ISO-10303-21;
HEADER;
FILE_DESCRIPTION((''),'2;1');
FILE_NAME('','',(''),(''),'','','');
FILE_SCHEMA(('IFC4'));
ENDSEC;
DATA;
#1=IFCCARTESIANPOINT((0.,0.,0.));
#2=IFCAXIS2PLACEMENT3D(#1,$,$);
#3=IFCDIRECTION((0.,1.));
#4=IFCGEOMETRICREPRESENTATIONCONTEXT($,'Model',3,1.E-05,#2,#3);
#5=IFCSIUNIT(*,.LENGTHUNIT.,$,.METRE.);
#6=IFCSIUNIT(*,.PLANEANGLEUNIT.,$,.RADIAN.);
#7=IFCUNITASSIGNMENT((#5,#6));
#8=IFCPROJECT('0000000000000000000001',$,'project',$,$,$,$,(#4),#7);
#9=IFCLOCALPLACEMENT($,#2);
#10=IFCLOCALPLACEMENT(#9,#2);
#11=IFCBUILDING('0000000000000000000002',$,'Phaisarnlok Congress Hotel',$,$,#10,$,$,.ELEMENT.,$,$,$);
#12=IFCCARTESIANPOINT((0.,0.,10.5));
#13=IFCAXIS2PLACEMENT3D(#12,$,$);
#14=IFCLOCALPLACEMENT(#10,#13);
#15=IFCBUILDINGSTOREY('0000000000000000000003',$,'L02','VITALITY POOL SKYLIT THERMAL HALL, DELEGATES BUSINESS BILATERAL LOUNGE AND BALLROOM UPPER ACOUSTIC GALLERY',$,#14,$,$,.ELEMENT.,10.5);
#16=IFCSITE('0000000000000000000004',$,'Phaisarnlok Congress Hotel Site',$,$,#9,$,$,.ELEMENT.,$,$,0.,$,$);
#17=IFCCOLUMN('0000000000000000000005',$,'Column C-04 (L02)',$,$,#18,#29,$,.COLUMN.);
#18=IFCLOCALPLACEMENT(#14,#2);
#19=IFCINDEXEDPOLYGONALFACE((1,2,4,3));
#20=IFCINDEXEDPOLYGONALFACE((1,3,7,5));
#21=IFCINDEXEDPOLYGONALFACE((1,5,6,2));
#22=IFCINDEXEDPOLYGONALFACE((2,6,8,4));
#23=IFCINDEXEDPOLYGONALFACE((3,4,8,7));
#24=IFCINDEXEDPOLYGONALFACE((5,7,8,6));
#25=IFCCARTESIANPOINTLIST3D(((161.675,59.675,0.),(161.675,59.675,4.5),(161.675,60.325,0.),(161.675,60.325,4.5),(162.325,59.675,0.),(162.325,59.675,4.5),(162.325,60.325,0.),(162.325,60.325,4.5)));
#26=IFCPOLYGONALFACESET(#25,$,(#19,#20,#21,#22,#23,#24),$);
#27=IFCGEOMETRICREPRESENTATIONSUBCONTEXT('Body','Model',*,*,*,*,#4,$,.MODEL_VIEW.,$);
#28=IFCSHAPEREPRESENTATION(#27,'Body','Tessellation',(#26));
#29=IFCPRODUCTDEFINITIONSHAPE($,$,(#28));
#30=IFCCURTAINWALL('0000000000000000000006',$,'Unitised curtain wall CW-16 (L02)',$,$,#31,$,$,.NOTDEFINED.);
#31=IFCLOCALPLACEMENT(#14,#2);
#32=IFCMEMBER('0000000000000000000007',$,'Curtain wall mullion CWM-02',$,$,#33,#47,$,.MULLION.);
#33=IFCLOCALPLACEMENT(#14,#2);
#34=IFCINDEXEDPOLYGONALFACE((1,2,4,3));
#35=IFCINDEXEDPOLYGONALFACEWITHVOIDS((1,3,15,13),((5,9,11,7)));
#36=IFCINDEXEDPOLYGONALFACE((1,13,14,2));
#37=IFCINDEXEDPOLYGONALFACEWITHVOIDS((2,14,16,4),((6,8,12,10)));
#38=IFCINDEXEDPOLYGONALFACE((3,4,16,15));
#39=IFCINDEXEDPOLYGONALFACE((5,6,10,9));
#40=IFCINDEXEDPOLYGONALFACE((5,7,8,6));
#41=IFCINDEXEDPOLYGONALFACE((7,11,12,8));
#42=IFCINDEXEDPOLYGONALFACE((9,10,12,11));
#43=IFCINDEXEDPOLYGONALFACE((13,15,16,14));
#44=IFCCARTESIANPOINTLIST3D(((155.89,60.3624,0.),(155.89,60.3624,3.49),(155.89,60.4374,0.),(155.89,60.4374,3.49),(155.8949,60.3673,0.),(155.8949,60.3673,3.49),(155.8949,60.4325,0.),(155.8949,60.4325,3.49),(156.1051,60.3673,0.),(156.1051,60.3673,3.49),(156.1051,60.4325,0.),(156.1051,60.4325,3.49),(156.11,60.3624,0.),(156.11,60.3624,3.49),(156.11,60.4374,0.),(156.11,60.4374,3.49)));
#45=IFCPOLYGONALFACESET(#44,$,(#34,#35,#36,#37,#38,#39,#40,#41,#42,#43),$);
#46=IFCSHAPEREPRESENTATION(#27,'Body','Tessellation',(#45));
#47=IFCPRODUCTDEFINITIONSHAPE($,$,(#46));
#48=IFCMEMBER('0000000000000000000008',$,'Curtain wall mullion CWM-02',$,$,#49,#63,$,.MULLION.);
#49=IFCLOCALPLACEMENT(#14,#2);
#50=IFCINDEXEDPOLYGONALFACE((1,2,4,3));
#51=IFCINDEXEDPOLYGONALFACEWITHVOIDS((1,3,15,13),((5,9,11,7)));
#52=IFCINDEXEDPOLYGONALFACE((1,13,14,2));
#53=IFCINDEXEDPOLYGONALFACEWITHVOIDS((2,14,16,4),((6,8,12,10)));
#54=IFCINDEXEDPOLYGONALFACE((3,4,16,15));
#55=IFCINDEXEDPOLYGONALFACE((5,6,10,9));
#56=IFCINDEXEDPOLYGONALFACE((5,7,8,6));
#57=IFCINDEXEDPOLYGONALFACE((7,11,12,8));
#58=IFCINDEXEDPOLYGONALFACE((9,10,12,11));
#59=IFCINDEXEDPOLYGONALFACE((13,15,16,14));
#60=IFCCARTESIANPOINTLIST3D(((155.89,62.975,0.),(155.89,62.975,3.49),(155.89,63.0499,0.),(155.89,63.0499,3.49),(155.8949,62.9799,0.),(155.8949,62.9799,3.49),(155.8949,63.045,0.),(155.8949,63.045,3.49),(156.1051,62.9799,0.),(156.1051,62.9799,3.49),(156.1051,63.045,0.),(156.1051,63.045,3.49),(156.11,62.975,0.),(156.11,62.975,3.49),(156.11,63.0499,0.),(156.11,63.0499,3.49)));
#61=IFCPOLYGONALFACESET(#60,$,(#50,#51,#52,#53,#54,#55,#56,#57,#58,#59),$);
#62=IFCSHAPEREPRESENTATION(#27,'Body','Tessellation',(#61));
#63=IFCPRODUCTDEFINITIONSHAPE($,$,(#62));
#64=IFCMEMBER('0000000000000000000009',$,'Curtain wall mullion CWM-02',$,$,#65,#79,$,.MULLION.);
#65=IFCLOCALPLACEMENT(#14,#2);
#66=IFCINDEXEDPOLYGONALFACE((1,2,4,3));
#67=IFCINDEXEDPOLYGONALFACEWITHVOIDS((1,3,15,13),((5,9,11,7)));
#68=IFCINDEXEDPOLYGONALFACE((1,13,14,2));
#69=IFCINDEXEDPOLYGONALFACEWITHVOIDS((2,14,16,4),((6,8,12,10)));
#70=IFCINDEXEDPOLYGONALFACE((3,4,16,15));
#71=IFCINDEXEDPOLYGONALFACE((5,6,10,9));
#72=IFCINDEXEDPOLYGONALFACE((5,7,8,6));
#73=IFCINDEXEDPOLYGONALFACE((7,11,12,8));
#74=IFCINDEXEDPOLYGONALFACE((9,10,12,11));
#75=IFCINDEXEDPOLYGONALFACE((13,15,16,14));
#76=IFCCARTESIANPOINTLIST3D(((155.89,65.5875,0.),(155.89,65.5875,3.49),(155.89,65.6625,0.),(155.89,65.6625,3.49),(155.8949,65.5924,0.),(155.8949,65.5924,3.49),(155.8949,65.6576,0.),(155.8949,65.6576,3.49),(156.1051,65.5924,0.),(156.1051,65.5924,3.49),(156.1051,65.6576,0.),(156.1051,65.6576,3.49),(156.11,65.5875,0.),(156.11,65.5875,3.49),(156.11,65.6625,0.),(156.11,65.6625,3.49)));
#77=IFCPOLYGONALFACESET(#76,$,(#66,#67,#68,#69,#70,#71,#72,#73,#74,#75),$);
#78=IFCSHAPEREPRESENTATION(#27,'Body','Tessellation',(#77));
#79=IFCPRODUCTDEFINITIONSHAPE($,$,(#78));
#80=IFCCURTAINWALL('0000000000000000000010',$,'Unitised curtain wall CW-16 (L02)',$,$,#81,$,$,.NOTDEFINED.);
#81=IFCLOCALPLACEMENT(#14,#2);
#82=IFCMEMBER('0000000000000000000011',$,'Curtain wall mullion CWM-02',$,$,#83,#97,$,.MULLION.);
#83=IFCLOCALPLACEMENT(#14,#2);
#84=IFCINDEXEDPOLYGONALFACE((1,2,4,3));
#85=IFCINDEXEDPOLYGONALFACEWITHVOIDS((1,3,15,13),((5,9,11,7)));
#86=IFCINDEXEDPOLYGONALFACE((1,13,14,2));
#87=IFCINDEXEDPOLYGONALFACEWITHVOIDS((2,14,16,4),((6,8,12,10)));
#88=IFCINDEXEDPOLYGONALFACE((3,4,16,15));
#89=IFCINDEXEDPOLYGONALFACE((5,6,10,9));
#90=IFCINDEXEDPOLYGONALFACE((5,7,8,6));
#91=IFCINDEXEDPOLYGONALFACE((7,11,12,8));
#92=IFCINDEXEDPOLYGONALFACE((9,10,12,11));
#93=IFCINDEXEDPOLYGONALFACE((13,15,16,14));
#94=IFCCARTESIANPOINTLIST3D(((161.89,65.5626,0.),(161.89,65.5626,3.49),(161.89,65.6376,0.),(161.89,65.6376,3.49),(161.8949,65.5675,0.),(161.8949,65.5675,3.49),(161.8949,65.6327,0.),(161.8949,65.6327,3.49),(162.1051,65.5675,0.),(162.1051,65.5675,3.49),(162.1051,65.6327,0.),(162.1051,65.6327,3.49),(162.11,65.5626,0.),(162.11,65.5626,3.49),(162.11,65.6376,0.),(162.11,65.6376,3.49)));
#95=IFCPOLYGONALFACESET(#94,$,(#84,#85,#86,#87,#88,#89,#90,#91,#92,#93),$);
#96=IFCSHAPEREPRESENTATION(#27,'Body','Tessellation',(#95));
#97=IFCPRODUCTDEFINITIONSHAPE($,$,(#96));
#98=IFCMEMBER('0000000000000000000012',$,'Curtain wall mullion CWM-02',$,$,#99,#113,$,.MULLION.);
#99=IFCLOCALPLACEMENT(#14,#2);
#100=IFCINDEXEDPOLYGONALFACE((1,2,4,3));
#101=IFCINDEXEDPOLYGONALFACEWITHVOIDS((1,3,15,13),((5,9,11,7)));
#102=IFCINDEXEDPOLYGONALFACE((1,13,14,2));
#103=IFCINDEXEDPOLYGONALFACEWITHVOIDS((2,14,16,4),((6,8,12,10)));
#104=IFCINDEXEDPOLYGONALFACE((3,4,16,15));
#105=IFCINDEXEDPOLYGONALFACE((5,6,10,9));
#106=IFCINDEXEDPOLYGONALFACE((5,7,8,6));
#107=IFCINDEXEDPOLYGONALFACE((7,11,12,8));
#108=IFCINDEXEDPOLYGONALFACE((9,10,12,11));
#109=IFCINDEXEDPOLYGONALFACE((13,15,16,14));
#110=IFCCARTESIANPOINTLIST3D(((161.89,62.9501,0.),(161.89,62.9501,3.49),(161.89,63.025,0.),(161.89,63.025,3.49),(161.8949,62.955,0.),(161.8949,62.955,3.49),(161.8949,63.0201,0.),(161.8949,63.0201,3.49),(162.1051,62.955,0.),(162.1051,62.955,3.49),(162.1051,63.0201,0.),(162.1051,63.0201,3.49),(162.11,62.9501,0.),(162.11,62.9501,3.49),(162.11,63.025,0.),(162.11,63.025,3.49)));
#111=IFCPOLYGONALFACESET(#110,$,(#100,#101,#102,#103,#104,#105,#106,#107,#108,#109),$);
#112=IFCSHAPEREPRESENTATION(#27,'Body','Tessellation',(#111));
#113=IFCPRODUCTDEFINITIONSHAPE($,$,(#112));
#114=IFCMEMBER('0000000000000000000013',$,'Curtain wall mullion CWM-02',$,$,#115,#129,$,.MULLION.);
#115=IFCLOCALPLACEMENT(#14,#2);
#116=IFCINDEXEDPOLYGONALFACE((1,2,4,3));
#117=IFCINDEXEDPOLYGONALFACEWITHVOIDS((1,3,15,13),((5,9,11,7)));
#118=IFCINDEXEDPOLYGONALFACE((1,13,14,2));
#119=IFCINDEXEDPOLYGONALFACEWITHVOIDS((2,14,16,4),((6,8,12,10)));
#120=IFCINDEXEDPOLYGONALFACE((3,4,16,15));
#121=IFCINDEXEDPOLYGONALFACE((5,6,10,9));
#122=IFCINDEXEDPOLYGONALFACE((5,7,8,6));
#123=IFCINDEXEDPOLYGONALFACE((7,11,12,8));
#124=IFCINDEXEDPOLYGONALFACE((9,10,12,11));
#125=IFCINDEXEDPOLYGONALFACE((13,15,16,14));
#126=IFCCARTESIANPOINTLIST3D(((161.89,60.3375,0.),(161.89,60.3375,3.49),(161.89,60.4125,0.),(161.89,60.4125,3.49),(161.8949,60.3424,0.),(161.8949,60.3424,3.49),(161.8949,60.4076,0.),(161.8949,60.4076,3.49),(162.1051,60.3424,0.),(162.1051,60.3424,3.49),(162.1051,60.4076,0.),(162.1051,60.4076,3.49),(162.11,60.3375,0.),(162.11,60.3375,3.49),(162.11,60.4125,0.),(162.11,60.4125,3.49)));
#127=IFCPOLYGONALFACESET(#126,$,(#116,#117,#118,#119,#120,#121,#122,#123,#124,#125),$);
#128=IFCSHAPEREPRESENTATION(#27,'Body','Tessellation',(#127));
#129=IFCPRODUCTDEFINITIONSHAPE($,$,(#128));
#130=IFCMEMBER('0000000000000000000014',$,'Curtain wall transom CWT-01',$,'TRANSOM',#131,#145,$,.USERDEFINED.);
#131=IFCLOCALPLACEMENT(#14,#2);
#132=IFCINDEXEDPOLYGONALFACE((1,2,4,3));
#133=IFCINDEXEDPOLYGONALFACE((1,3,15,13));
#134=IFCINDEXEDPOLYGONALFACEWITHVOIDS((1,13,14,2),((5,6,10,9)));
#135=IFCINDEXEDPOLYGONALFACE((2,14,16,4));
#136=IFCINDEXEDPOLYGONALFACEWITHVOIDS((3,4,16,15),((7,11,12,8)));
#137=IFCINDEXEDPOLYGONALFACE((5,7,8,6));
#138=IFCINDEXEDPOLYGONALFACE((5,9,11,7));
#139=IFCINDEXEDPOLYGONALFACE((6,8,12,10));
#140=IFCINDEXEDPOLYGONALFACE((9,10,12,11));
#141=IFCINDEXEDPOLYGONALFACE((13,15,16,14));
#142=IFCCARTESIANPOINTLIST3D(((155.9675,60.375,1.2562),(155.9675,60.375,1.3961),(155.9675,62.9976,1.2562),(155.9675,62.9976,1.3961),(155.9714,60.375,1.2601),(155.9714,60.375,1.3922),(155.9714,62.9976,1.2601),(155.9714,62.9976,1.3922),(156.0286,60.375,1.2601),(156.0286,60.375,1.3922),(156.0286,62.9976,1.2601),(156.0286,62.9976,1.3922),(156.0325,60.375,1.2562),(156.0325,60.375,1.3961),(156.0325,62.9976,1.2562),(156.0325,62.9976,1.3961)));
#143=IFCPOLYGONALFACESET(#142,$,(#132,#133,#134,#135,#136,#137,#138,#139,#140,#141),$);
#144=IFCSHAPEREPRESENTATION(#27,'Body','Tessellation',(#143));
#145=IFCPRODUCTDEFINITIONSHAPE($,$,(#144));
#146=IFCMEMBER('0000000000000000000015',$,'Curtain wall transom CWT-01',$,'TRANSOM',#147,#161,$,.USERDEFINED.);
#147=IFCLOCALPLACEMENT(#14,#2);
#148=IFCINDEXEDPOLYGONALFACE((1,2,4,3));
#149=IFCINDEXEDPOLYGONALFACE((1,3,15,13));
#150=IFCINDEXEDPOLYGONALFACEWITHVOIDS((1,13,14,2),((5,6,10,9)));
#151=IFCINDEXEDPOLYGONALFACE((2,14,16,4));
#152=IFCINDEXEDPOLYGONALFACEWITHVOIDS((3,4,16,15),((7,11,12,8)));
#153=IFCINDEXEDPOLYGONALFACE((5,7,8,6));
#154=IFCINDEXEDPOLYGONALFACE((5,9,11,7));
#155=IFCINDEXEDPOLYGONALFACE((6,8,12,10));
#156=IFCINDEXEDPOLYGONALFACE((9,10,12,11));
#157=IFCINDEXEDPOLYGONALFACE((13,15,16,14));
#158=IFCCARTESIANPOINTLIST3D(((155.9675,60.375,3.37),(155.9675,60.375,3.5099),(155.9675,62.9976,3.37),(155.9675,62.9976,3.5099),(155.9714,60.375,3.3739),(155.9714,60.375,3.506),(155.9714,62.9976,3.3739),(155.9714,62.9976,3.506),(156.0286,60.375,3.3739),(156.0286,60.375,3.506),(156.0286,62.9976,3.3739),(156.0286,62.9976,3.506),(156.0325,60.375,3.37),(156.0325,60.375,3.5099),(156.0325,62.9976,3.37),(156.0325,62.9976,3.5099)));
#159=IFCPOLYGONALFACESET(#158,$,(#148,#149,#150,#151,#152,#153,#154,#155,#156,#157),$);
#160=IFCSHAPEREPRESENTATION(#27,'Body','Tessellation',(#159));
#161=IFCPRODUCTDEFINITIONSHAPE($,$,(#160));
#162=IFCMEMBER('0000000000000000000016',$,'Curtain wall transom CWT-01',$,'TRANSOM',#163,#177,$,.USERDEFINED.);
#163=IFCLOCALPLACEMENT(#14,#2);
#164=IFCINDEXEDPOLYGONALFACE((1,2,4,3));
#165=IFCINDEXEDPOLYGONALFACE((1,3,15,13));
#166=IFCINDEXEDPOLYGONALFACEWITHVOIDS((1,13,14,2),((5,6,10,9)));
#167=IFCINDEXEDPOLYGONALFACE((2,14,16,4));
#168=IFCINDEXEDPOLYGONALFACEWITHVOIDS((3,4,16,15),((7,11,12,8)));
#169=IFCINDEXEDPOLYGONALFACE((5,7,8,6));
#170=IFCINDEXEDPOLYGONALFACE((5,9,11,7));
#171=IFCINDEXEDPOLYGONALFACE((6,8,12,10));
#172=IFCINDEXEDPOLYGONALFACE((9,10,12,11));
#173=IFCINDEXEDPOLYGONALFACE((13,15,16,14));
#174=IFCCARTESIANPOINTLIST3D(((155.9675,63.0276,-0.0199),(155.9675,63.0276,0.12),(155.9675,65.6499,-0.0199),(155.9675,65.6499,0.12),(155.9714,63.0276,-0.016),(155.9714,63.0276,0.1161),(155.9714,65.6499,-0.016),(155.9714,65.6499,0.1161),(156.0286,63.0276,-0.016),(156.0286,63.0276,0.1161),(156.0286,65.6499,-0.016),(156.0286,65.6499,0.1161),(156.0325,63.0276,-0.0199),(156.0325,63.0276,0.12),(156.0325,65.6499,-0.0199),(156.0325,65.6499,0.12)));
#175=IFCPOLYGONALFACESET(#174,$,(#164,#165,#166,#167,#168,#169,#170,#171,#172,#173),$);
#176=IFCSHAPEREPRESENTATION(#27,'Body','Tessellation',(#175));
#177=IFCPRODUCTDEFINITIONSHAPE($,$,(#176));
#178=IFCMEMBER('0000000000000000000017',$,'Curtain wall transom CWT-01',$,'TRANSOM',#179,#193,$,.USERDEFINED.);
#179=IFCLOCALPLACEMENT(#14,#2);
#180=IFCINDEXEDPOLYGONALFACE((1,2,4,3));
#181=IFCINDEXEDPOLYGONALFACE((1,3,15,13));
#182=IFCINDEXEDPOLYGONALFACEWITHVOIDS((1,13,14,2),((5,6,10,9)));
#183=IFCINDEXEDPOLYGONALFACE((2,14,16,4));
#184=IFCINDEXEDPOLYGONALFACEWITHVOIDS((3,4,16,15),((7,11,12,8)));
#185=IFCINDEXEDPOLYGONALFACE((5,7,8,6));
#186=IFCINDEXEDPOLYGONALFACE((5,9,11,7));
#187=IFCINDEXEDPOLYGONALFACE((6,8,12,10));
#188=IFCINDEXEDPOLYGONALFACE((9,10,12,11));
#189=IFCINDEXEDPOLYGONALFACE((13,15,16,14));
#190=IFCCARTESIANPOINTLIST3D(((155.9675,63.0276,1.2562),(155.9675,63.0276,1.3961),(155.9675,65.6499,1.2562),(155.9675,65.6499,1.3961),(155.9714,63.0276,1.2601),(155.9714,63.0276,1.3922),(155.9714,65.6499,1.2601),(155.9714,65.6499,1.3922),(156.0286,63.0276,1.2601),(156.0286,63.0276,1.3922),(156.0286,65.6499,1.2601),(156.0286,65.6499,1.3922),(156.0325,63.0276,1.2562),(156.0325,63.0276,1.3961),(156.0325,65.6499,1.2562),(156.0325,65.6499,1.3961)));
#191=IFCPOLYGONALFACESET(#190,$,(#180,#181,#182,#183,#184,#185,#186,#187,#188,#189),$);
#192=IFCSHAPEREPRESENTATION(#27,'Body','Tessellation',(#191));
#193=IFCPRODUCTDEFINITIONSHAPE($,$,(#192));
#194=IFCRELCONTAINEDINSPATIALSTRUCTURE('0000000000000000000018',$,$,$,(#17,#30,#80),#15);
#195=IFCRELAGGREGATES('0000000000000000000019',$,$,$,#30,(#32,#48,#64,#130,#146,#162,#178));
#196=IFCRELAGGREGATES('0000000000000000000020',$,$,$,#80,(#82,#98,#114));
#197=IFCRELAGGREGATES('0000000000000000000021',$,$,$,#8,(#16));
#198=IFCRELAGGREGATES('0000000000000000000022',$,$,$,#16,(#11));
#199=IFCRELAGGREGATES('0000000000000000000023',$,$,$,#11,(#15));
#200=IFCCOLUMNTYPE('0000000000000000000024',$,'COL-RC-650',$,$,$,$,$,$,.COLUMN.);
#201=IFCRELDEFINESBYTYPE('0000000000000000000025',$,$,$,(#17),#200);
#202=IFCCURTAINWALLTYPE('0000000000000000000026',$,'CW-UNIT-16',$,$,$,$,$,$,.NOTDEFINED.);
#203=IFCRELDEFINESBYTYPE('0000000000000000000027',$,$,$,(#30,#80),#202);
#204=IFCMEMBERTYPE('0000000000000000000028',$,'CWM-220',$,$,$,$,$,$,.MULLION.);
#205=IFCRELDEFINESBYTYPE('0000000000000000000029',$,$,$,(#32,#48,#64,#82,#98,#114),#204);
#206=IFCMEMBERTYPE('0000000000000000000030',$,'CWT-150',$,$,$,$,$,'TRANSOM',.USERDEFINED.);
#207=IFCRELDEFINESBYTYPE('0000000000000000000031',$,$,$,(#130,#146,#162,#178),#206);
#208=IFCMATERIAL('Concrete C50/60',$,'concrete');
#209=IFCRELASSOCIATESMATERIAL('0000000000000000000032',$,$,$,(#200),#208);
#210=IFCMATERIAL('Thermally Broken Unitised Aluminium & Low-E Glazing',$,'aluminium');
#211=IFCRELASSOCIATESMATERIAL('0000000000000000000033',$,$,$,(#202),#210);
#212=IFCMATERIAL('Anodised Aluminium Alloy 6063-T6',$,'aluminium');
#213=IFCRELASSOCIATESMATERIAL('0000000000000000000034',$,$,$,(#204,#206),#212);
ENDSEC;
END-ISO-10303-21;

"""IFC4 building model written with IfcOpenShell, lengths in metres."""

from ifc_helpers import new_model, si_unit, direction, frame, origin, origin_2d, place, context, subcontext, project, spatial, rectangle, hollow_rectangle, extrude, material, material_profile, profile_set, type_object, element, aggregate, save


model = new_model("IFC4")

# Units and contexts
model_context = context("Model", 3, precision=1e-05, world=origin(), true_north=direction((0.0, 1.0)))
body_context = subcontext(model_context, "Body", "Model", "MODEL_VIEW")
ifc_project = project(units=[si_unit("LENGTHUNIT", "METRE"), si_unit("PLANEANGLEUNIT", "RADIAN")], contexts=[model_context])

# Site, building, storey
site_placement = place(None, origin())
site = spatial("IfcSite", under=ifc_project, at=site_placement, Name="Phaisarnlok Congress Hotel Site", CompositionType="ELEMENT", RefElevation=0.0)
building_placement = place(site_placement, origin())
building = spatial("IfcBuilding", under=site, at=building_placement, Name="Phaisarnlok Congress Hotel", CompositionType="ELEMENT")
storey_placement = place(building_placement, frame((0.0, 0.0, 10.5)))
storey = spatial("IfcBuildingStorey", under=building, at=storey_placement, Name="L02", Description="VITALITY POOL SKYLIT THERMAL HALL, DELEGATES BUSINESS BILATERAL LOUNGE AND BALLROOM UPPER ACOUSTIC GALLERY", CompositionType="ELEMENT", Elevation=10.5)

# Column
ifc_material_1 = material(Name="Concrete C50/60", Category="concrete")
ifc_material_profile_1 = material_profile(ifc_material_1, rectangle(XDim=0.6499, YDim=0.6499, at=origin_2d()), Name="RC 650x650")
ifc_profile_set_1 = profile_set([ifc_material_profile_1], Name="Concrete C50/60")
column_type = type_object("IfcColumnType", Name="COL-RC-650", PredefinedType="COLUMN", material=ifc_profile_set_1)
column_placement = place(storey_placement, frame((162.0, 60.0, 0.0), z_axis=(0.0, 0.0, 1.0), x_axis=(1.0, 0.0, 0.0)))
element("IfcColumn", 1, at=column_placement, inside=storey, type_object=column_type, Name="Column C-04 (L02)", PredefinedType="COLUMN", context=body_context, shape_type="SweptSolid", body=[
    extrude(rectangle(XDim=0.6499, YDim=0.6499, at=origin_2d()), origin(), (0.0, 0.0, 1.0), 4.5),
])

# Curtain walls, members
ifc_material_2 = material(Name="Thermally Broken Unitised Aluminium & Low-E Glazing", Category="aluminium")
curtain_wall_type = type_object("IfcCurtainWallType", Name="CW-UNIT-16", PredefinedType="NOTDEFINED", material=ifc_material_2)
curtain_wall_1_placement = place(storey_placement, origin())
curtain_wall_1 = element("IfcCurtainWall", 2, at=curtain_wall_1_placement, inside=storey, type_object=curtain_wall_type, Name="Unitised curtain wall CW-16 (L02)", PredefinedType="NOTDEFINED")
ifc_material_3 = material(Name="Anodised Aluminium Alloy 6063-T6", Category="aluminium")
ifc_material_profile_2 = material_profile(ifc_material_3, hollow_rectangle(XDim=0.075, YDim=0.22, WallThickness=0.0049, at=origin_2d()), Name="ALU-M 75x220x5")
ifc_profile_set_2 = profile_set([ifc_material_profile_2], Name="Anodised Aluminium Alloy 6063-T6")
member_type_1 = type_object("IfcMemberType", Name="CWM-220", PredefinedType="MULLION", material=ifc_profile_set_2)
member_1_placement = place(storey_placement, frame((156.0, 60.3999, 0.0), z_axis=(0.0, 0.0, 1.0), x_axis=(0.0, 1.0, 0.0)))
member_1 = element("IfcMember", 3, at=member_1_placement, type_object=member_type_1, Name="Curtain wall mullion CWM-02", PredefinedType="MULLION", context=body_context, shape_type="SweptSolid", body=[
    extrude(hollow_rectangle(XDim=0.075, YDim=0.22, WallThickness=0.0049, at=origin_2d()), origin(), (0.0, 0.0, 1.0), 3.49),
])
member_2_placement = place(storey_placement, frame((156.0, 63.0125, 0.0), z_axis=(0.0, 0.0, 1.0), x_axis=(0.0, 1.0, 0.0)))
member_2 = element("IfcMember", 4, at=member_2_placement, type_object=member_type_1, Name="Curtain wall mullion CWM-02", PredefinedType="MULLION", context=body_context, shape_type="SweptSolid", body=[
    extrude(hollow_rectangle(XDim=0.075, YDim=0.22, WallThickness=0.0049, at=origin_2d()), origin(), (0.0, 0.0, 1.0), 3.49),
])
member_3_placement = place(storey_placement, frame((156.0, 65.625, 0.0), z_axis=(0.0, 0.0, 1.0), x_axis=(0.0, 1.0, 0.0)))
member_3 = element("IfcMember", 5, at=member_3_placement, type_object=member_type_1, Name="Curtain wall mullion CWM-02", PredefinedType="MULLION", context=body_context, shape_type="SweptSolid", body=[
    extrude(hollow_rectangle(XDim=0.075, YDim=0.22, WallThickness=0.0049, at=origin_2d()), origin(), (0.0, 0.0, 1.0), 3.49),
])
curtain_wall_2_placement = place(storey_placement, origin())
curtain_wall_2 = element("IfcCurtainWall", 6, at=curtain_wall_2_placement, inside=storey, type_object=curtain_wall_type, Name="Unitised curtain wall CW-16 (L02)", PredefinedType="NOTDEFINED")
member_4_placement = place(storey_placement, frame((162.0, 65.6001, 0.0), z_axis=(0.0, 0.0, 1.0), x_axis=(0.0, -1.0, 0.0)))
member_4 = element("IfcMember", 7, at=member_4_placement, type_object=member_type_1, Name="Curtain wall mullion CWM-02", PredefinedType="MULLION", context=body_context, shape_type="SweptSolid", body=[
    extrude(hollow_rectangle(XDim=0.075, YDim=0.22, WallThickness=0.0049, at=origin_2d()), origin(), (0.0, 0.0, 1.0), 3.49),
])
member_5_placement = place(storey_placement, frame((162.0, 62.9875, 0.0), z_axis=(0.0, 0.0, 1.0), x_axis=(0.0, -1.0, 0.0)))
member_5 = element("IfcMember", 8, at=member_5_placement, type_object=member_type_1, Name="Curtain wall mullion CWM-02", PredefinedType="MULLION", context=body_context, shape_type="SweptSolid", body=[
    extrude(hollow_rectangle(XDim=0.075, YDim=0.22, WallThickness=0.0049, at=origin_2d()), origin(), (0.0, 0.0, 1.0), 3.49),
])
member_6_placement = place(storey_placement, frame((162.0, 60.375, 0.0), z_axis=(0.0, 0.0, 1.0), x_axis=(0.0, -1.0, 0.0)))
member_6 = element("IfcMember", 9, at=member_6_placement, type_object=member_type_1, Name="Curtain wall mullion CWM-02", PredefinedType="MULLION", context=body_context, shape_type="SweptSolid", body=[
    extrude(hollow_rectangle(XDim=0.075, YDim=0.22, WallThickness=0.0049, at=origin_2d()), origin(), (0.0, 0.0, 1.0), 3.49),
])

# Members
ifc_material_profile_3 = material_profile(ifc_material_3, hollow_rectangle(XDim=0.0649, YDim=0.1399, WallThickness=0.0039, at=origin_2d()), Name="ALU-T 65x140x4")
ifc_profile_set_3 = profile_set([ifc_material_profile_3], Name="Anodised Aluminium Alloy 6063-T6")
member_type_2 = type_object("IfcMemberType", Name="CWT-150", ElementType="TRANSOM", PredefinedType="USERDEFINED", material=ifc_profile_set_3)
member_7_placement = place(storey_placement, frame((156.0, 60.375, 1.3262), z_axis=(0.0, 1.0, 0.0), x_axis=(-1.0, 0.0, 0.0)))
member_7 = element("IfcMember", 10, at=member_7_placement, type_object=member_type_2, Name="Curtain wall transom CWT-01", ObjectType="TRANSOM", PredefinedType="USERDEFINED", context=body_context, shape_type="SweptSolid", body=[
    extrude(hollow_rectangle(XDim=0.0649, YDim=0.1399, WallThickness=0.0039, at=origin_2d()), origin(), (0.0, 0.0, 1.0), 2.6226),
])
member_8_placement = place(storey_placement, frame((156.0, 60.375, 3.4399), z_axis=(0.0, 1.0, 0.0), x_axis=(-1.0, 0.0, 0.0)))
member_8 = element("IfcMember", 11, at=member_8_placement, type_object=member_type_2, Name="Curtain wall transom CWT-01", ObjectType="TRANSOM", PredefinedType="USERDEFINED", context=body_context, shape_type="SweptSolid", body=[
    extrude(hollow_rectangle(XDim=0.0649, YDim=0.1399, WallThickness=0.0039, at=origin_2d()), origin(), (0.0, 0.0, 1.0), 2.6226),
])
member_9_placement = place(storey_placement, frame((156.0, 63.0276, 0.05), z_axis=(0.0, 1.0, 0.0), x_axis=(-1.0, 0.0, 0.0)))
member_9 = element("IfcMember", 12, at=member_9_placement, type_object=member_type_2, Name="Curtain wall transom CWT-01", ObjectType="TRANSOM", PredefinedType="USERDEFINED", context=body_context, shape_type="SweptSolid", body=[
    extrude(hollow_rectangle(XDim=0.0649, YDim=0.1399, WallThickness=0.0039, at=origin_2d()), origin(), (0.0, 0.0, 1.0), 2.6223),
])
member_10_placement = place(storey_placement, frame((156.0, 63.0276, 1.3262), z_axis=(0.0, 1.0, 0.0), x_axis=(-1.0, 0.0, 0.0)))
member_10 = element("IfcMember", 13, at=member_10_placement, type_object=member_type_2, Name="Curtain wall transom CWT-01", ObjectType="TRANSOM", PredefinedType="USERDEFINED", context=body_context, shape_type="SweptSolid", body=[
    extrude(hollow_rectangle(XDim=0.0649, YDim=0.1399, WallThickness=0.0039, at=origin_2d()), origin(), (0.0, 0.0, 1.0), 2.6223),
])

aggregate(curtain_wall_1, [member_1, member_2, member_3, member_7, member_8, member_9, member_10])
aggregate(curtain_wall_2, [member_4, member_5, member_6])

save(model, "model.ifc")
